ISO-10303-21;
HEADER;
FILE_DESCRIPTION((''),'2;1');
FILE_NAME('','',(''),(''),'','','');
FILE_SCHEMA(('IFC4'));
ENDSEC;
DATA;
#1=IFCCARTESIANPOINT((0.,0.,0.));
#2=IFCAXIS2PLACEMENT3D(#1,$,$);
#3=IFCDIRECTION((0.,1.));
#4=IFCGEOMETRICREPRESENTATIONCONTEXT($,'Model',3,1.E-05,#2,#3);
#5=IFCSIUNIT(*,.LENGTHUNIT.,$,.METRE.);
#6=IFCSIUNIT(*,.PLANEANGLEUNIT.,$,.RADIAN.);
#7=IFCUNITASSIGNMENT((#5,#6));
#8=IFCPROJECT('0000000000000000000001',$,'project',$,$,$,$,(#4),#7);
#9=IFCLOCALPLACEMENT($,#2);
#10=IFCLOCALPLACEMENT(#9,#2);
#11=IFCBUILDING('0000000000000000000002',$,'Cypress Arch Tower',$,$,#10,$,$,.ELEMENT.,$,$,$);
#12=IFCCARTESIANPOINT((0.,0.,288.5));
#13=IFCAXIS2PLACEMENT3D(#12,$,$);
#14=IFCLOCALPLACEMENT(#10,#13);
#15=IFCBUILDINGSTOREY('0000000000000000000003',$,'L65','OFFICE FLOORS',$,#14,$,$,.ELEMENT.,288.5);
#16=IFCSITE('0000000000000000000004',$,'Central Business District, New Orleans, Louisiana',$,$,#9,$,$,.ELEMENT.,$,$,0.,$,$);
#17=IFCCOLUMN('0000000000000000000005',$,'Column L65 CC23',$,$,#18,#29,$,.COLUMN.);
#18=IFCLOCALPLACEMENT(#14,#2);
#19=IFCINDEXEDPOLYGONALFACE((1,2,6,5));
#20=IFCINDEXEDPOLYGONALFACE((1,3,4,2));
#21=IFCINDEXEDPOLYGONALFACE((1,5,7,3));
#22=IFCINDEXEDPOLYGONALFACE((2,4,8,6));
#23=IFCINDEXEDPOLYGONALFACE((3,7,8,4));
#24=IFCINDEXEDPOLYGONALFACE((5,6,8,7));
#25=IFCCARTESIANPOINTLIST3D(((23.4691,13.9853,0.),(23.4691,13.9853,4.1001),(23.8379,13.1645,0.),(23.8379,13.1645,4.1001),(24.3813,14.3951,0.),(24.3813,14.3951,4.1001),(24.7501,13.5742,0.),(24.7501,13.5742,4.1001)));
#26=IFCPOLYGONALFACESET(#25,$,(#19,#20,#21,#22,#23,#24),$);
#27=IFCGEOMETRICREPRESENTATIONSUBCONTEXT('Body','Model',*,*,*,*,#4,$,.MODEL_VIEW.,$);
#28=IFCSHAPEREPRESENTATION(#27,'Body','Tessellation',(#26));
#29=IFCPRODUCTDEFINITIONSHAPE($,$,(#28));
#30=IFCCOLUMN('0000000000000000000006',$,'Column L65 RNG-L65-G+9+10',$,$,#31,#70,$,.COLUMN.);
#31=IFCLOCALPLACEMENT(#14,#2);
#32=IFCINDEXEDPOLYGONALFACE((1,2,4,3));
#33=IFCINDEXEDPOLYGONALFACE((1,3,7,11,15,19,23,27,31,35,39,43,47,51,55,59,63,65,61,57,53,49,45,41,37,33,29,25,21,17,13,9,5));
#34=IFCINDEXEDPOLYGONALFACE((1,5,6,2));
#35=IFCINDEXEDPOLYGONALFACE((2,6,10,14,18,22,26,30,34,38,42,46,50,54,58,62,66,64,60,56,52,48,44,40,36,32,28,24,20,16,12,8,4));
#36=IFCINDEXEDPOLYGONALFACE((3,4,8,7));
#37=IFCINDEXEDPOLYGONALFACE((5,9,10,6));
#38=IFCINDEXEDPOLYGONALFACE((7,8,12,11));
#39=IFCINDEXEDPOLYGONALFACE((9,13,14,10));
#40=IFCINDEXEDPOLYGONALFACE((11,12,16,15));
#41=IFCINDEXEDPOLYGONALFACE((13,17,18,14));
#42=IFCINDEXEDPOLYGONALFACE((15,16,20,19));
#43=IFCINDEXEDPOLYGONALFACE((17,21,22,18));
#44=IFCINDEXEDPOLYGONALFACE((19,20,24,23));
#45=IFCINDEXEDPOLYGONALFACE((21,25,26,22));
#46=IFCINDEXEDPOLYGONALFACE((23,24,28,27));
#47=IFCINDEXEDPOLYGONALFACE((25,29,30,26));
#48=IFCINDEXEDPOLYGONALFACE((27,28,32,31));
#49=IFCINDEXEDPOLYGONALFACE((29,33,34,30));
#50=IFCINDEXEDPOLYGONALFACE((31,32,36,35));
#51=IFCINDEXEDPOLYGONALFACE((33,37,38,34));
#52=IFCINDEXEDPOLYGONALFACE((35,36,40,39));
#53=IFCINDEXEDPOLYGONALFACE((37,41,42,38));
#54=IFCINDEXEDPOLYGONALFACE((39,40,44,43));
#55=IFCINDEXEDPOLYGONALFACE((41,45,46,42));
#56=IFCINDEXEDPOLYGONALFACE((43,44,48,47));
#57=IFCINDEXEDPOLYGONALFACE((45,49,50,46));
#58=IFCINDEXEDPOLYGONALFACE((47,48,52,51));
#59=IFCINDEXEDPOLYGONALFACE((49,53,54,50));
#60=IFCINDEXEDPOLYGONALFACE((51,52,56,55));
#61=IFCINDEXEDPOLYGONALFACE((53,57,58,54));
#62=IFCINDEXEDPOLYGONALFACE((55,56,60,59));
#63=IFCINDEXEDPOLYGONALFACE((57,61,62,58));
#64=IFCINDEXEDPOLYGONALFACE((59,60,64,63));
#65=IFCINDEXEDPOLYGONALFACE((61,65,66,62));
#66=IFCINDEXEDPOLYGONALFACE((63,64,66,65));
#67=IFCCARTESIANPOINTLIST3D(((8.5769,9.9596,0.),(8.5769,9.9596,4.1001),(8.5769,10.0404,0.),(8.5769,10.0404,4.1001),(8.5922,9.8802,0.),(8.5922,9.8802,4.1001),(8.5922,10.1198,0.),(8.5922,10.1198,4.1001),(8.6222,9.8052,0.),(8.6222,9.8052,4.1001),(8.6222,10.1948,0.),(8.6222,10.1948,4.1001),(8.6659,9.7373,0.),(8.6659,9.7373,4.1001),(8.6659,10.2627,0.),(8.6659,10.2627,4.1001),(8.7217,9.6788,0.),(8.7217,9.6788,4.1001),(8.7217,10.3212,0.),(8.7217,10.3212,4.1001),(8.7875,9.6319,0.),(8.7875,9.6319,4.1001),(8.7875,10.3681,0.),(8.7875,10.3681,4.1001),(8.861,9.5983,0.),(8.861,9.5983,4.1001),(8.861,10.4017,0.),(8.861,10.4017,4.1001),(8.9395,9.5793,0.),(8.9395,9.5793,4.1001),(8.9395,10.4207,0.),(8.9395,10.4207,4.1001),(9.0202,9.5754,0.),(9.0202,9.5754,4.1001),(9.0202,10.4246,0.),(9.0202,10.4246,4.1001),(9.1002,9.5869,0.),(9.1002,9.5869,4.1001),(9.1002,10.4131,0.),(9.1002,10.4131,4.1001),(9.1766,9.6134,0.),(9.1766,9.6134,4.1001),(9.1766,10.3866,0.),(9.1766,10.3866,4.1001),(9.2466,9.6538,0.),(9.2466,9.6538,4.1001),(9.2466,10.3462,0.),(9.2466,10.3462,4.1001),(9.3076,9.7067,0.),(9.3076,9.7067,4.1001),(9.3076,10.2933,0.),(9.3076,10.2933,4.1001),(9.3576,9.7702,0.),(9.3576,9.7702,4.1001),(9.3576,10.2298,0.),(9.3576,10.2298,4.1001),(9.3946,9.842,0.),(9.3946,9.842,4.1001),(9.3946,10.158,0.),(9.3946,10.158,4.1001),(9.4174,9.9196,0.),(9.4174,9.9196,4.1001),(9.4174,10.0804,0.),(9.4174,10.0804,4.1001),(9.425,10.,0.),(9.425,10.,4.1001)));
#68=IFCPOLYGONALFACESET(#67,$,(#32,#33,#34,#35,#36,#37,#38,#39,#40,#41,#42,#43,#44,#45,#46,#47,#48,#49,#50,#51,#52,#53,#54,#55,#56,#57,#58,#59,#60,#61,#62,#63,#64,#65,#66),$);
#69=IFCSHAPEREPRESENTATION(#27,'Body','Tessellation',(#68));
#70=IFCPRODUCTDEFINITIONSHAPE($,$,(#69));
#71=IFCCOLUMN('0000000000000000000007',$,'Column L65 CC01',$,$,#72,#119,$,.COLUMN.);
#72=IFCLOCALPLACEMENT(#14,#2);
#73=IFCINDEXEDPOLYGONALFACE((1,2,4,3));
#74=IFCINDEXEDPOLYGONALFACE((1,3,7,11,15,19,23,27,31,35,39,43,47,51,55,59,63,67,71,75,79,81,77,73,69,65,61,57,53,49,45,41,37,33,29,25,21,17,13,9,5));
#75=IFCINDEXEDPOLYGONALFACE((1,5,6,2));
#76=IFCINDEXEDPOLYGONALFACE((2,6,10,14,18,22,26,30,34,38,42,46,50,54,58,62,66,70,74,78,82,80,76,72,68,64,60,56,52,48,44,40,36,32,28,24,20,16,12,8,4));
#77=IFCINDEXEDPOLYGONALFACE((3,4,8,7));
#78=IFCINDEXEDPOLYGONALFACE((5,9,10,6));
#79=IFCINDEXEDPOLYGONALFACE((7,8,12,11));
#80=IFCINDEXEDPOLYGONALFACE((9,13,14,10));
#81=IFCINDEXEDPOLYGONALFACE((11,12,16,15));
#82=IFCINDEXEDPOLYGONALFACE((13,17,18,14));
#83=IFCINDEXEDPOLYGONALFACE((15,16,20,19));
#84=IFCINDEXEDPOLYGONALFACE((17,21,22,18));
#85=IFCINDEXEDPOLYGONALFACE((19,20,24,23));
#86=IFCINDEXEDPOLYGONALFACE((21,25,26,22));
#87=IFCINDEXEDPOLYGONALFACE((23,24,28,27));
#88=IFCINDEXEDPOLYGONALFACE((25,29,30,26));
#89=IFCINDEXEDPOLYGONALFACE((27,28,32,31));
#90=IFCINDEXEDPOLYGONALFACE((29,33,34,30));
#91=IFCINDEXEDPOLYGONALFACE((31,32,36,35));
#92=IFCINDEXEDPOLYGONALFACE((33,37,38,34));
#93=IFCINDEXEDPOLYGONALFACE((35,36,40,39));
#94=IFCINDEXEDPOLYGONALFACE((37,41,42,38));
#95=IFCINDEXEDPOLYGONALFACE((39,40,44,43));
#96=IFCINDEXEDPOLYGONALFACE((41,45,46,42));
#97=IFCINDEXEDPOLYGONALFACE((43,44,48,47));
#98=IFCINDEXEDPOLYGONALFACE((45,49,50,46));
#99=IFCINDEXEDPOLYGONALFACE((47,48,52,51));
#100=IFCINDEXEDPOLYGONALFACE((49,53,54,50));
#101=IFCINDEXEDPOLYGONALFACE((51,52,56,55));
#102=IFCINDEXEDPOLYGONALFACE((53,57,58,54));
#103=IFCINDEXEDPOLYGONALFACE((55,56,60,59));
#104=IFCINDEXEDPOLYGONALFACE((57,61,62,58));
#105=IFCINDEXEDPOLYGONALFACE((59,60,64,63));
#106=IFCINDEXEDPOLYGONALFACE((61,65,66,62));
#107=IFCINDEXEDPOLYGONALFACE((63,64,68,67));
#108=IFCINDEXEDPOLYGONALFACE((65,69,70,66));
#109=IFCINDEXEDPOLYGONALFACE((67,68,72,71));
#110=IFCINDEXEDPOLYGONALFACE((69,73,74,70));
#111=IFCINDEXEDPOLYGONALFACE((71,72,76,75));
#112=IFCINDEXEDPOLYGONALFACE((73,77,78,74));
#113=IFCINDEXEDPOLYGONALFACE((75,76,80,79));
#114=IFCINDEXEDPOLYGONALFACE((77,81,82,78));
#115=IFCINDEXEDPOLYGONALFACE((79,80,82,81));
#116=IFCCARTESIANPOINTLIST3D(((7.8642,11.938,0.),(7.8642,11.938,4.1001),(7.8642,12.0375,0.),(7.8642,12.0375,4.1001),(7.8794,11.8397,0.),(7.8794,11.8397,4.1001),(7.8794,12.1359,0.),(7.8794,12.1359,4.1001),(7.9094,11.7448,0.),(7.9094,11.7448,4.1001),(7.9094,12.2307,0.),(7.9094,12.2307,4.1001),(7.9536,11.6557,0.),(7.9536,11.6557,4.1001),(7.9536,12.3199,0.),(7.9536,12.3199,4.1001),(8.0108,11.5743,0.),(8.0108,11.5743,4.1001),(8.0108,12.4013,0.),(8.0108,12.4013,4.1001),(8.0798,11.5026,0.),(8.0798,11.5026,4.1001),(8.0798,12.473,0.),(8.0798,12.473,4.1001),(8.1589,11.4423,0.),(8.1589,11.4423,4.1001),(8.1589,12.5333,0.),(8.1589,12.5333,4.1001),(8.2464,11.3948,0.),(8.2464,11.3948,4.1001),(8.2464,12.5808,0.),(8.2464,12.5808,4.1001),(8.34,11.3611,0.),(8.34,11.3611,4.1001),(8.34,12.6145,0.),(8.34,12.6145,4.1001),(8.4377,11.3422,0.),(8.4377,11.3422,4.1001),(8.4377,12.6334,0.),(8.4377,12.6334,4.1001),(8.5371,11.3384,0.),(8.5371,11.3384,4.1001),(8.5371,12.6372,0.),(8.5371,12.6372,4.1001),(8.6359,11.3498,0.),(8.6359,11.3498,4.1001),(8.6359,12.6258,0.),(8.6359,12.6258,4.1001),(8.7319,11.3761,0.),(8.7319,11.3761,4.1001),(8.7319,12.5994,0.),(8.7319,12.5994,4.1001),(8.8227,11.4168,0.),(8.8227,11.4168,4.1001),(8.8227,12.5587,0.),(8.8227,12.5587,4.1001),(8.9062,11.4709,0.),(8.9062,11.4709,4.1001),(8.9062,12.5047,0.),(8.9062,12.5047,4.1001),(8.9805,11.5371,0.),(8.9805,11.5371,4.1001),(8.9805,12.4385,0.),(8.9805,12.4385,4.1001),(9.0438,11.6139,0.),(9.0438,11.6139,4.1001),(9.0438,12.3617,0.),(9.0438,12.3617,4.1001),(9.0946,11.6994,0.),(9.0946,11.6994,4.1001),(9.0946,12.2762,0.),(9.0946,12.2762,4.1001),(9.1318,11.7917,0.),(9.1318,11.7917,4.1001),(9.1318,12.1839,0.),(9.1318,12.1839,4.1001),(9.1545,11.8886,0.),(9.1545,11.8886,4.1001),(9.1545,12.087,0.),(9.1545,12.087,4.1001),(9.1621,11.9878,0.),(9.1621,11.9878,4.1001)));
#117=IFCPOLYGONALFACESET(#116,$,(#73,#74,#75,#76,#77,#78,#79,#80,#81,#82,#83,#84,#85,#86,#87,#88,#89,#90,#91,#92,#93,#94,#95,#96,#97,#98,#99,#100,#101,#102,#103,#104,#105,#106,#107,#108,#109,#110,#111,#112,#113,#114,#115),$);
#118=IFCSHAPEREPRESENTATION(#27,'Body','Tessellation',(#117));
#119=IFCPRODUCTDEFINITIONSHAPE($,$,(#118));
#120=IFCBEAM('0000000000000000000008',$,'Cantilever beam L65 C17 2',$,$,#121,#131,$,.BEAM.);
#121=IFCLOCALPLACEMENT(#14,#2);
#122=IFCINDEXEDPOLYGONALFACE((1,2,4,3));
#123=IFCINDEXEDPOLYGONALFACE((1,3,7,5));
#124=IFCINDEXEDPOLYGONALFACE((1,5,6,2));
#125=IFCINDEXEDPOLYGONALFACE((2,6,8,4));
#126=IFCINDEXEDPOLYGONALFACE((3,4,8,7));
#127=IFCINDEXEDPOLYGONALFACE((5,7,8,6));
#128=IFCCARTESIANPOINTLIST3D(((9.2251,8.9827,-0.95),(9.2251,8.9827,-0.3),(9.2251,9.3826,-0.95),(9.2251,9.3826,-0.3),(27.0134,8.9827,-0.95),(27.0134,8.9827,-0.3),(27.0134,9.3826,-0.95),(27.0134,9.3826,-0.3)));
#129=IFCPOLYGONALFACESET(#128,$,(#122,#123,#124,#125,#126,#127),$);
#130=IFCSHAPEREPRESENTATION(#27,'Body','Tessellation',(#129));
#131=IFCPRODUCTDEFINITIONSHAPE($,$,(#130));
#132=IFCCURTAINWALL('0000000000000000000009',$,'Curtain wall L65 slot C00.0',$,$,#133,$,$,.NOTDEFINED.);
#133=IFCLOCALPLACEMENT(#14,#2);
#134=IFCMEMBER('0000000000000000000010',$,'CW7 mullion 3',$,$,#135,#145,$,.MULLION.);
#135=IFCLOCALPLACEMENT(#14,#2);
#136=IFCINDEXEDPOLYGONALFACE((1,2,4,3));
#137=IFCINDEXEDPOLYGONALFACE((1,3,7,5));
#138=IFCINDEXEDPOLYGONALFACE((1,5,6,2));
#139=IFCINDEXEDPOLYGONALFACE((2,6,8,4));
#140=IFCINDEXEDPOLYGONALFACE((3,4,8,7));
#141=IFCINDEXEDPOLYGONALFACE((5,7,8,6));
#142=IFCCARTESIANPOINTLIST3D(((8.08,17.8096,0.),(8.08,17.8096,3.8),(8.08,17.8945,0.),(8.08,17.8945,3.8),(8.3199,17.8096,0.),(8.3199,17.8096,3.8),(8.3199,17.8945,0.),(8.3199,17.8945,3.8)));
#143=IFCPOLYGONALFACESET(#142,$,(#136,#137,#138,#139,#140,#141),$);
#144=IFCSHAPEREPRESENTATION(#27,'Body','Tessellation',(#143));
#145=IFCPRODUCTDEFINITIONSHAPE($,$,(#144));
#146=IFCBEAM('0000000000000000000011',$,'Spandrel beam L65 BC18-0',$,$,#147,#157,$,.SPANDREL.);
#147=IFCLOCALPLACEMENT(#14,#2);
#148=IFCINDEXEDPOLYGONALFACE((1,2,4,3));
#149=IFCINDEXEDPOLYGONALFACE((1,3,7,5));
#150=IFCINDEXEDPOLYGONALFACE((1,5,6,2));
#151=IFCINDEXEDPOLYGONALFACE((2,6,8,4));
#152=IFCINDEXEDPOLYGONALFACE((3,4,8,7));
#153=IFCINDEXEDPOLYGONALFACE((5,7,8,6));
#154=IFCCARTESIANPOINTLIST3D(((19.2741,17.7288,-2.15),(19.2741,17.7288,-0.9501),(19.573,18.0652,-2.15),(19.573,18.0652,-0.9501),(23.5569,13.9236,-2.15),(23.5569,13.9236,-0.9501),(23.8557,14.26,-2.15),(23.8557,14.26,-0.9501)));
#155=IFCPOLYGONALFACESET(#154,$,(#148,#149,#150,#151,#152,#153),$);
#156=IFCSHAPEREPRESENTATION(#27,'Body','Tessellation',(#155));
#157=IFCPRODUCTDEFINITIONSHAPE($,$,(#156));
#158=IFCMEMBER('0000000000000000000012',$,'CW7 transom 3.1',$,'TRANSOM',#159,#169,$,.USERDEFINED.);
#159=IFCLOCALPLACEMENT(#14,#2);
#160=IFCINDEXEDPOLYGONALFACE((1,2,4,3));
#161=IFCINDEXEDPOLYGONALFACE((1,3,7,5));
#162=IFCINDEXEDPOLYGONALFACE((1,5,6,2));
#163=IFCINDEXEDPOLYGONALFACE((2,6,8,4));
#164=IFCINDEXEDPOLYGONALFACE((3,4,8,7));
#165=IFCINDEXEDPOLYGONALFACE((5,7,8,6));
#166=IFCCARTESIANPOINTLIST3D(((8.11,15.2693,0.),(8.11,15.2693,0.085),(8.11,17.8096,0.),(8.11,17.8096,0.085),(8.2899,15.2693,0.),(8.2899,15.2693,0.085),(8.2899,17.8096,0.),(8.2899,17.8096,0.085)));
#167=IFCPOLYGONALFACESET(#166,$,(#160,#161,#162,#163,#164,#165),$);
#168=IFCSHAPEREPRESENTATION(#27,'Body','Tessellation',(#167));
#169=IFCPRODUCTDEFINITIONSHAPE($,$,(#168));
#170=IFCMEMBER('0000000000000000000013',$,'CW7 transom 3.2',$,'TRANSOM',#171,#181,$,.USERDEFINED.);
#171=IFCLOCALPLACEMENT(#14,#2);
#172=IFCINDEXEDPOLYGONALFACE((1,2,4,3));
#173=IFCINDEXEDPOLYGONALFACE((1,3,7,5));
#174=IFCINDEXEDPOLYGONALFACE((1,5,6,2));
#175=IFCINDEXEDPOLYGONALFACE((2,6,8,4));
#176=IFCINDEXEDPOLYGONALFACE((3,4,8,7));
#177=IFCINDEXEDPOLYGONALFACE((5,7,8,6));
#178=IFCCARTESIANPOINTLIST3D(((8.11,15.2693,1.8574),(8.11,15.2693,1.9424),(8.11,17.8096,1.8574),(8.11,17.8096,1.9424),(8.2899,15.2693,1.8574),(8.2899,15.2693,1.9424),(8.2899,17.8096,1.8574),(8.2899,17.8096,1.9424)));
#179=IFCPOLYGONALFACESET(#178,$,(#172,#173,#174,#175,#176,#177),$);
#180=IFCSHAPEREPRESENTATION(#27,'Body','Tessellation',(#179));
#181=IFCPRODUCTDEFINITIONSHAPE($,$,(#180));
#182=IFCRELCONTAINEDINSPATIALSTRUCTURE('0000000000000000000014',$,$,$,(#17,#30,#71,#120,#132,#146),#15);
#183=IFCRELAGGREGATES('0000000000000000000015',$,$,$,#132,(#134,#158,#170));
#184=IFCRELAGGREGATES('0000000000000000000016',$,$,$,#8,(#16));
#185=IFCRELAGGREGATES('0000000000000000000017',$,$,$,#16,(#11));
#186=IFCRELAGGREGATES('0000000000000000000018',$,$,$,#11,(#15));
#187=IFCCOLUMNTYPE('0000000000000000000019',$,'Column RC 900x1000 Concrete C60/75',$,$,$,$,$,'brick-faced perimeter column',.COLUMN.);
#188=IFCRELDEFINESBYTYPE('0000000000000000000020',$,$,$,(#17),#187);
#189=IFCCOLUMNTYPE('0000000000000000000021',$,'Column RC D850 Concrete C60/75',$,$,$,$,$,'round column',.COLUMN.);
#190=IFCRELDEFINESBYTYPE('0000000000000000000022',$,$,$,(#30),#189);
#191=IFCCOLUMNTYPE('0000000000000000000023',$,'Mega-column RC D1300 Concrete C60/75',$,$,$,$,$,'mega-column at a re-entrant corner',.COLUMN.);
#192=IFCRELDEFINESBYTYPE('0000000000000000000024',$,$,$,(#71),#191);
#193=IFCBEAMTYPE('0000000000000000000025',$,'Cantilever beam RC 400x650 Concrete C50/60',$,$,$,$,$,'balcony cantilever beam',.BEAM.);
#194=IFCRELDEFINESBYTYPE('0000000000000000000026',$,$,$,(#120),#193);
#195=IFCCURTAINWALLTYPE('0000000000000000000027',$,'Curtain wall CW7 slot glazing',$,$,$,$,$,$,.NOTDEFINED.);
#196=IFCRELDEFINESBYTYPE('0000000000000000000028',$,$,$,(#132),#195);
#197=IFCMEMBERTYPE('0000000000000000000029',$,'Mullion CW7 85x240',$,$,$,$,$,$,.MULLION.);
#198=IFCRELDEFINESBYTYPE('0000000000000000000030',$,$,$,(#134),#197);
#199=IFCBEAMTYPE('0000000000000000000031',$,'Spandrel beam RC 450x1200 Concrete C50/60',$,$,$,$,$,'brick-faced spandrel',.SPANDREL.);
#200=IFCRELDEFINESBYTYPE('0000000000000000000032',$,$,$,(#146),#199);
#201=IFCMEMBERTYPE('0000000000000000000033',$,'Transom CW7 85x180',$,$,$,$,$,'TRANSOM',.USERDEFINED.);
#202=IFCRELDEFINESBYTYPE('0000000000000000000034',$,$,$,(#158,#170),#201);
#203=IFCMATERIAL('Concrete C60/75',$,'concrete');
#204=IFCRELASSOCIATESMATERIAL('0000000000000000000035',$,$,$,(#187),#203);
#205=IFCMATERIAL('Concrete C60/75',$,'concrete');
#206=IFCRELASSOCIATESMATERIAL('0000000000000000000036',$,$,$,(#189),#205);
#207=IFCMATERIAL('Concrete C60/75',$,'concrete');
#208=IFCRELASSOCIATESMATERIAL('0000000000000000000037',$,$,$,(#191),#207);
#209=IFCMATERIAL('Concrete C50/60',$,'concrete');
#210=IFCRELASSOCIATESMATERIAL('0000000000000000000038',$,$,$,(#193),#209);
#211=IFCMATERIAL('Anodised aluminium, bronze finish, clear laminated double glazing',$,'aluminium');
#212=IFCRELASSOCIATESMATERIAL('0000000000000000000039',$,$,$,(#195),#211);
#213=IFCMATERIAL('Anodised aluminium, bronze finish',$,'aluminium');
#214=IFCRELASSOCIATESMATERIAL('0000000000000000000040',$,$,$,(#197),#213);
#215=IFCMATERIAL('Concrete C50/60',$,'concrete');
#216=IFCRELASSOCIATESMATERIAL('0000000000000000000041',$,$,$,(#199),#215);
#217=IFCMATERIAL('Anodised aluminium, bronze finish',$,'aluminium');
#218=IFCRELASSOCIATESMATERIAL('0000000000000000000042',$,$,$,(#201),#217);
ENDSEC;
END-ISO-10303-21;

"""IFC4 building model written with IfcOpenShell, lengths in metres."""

from ifc_helpers import new_model, si_unit, direction, frame, origin, origin_2d, place, context, subcontext, project, spatial, rectangle, circle, extrude, material, material_profile, profile_set, type_object, element, aggregate, save


model = new_model("IFC4")

# Units and contexts
model_context = context("Model", 3, precision=1e-05, world=origin(), true_north=direction((0.0, 1.0)))
body_context = subcontext(model_context, "Body", "Model", "MODEL_VIEW")
ifc_project = project(units=[si_unit("LENGTHUNIT", "METRE"), si_unit("PLANEANGLEUNIT", "RADIAN")], contexts=[model_context])

# Site, building, storey
site_placement = place(None, origin())
site = spatial("IfcSite", under=ifc_project, at=site_placement, Name="Central Business District, New Orleans, Louisiana", CompositionType="ELEMENT", RefElevation=0.0)
building_placement = place(site_placement, origin())
building = spatial("IfcBuilding", under=site, at=building_placement, Name="Cypress Arch Tower", CompositionType="ELEMENT")
storey_placement = place(building_placement, frame((0.0, 0.0, 288.5)))
storey = spatial("IfcBuildingStorey", under=building, at=storey_placement, Name="L65", Description="OFFICE FLOORS", CompositionType="ELEMENT", Elevation=288.5)

# Columns
ifc_material_1 = material(Name="Concrete C60/75", Category="concrete")
ifc_material_profile_1 = material_profile(ifc_material_1, rectangle(XDim=0.8999, YDim=1.0, at=origin_2d()), Name="RC 900x1000")
ifc_profile_set_1 = profile_set([ifc_material_profile_1], Name="Concrete C60/75")
column_type_1 = type_object("IfcColumnType", Name="Column RC 900x1000 Concrete C60/75", ElementType="brick-faced perimeter column", PredefinedType="COLUMN", material=ifc_profile_set_1)
column_1_placement = place(storey_placement, frame((24.1096, 13.7798, 0.0), z_axis=(0.0, 0.0, 1.0), x_axis=(-0.409765, 0.912191, 0.0)))
element("IfcColumn", 1, at=column_1_placement, inside=storey, type_object=column_type_1, Name="Column L65 CC23", PredefinedType="COLUMN", context=body_context, shape_type="SweptSolid", body=[
    extrude(rectangle(XDim=0.8999, YDim=1.0, at=origin_2d()), origin(), (0.0, 0.0, 1.0), 4.1001),
])
ifc_material_2 = material(Name="Concrete C60/75", Category="concrete")
ifc_material_profile_2 = material_profile(ifc_material_2, circle(Radius=0.425, at=origin_2d()), Name="RC D850")
ifc_profile_set_2 = profile_set([ifc_material_profile_2], Name="Concrete C60/75")
column_type_2 = type_object("IfcColumnType", Name="Column RC D850 Concrete C60/75", ElementType="round column", PredefinedType="COLUMN", material=ifc_profile_set_2)
column_2_placement = place(storey_placement, frame((9.0, 10.0, 0.0), z_axis=(0.0, 0.0, 1.0), x_axis=(1.0, 0.0, 0.0)))
element("IfcColumn", 2, at=column_2_placement, inside=storey, type_object=column_type_2, Name="Column L65 RNG-L65-G+9+10", PredefinedType="COLUMN", context=body_context, shape_type="SweptSolid", body=[
    extrude(circle(Radius=0.425, at=origin_2d()), origin(), (0.0, 0.0, 1.0), 4.1001),
])
ifc_material_3 = material(Name="Concrete C60/75", Category="concrete")
ifc_material_profile_3 = material_profile(ifc_material_3, circle(Radius=0.6499, at=origin_2d()), Name="RC D1300")
ifc_profile_set_3 = profile_set([ifc_material_profile_3], Name="Concrete C60/75")
column_type_3 = type_object("IfcColumnType", Name="Mega-column RC D1300 Concrete C60/75", ElementType="mega-column at a re-entrant corner", PredefinedType="COLUMN", material=ifc_profile_set_3)
column_3_placement = place(storey_placement, frame((8.5122, 11.9878, 0.0), z_axis=(0.0, 0.0, 1.0), x_axis=(1.0, 0.0, 0.0)))
element("IfcColumn", 3, at=column_3_placement, inside=storey, type_object=column_type_3, Name="Column L65 CC01", PredefinedType="COLUMN", context=body_context, shape_type="SweptSolid", body=[
    extrude(circle(Radius=0.6499, at=origin_2d()), origin(), (0.0, 0.0, 1.0), 4.1001),
])

# Beam
ifc_material_4 = material(Name="Concrete C50/60", Category="concrete")
ifc_material_profile_4 = material_profile(ifc_material_4, rectangle(XDim=0.3999, YDim=0.6499, at=origin_2d()), Name="RC 400x650")
ifc_profile_set_4 = profile_set([ifc_material_profile_4], Name="Concrete C50/60")
beam_type_1 = type_object("IfcBeamType", Name="Cantilever beam RC 400x650 Concrete C50/60", ElementType="balcony cantilever beam", PredefinedType="BEAM", material=ifc_profile_set_4)
beam_1_placement = place(storey_placement, frame((9.2251, 9.1826, -0.625), z_axis=(1.0, 0.0, 0.0), x_axis=(0.0, 1.0, 0.0)))
element("IfcBeam", 4, at=beam_1_placement, inside=storey, type_object=beam_type_1, Name="Cantilever beam L65 C17 2", PredefinedType="BEAM", context=body_context, shape_type="SweptSolid", body=[
    extrude(rectangle(XDim=0.3999, YDim=0.6499, at=origin_2d()), origin(), (0.0, 0.0, 1.0), 17.7883),
])

# Curtain wall, member
ifc_material_5 = material(Name="Anodised aluminium, bronze finish, clear laminated double glazing", Category="aluminium")
curtain_wall_type = type_object("IfcCurtainWallType", Name="Curtain wall CW7 slot glazing", PredefinedType="NOTDEFINED", material=ifc_material_5)
curtain_wall_placement = place(storey_placement, origin())
curtain_wall = element("IfcCurtainWall", 5, at=curtain_wall_placement, inside=storey, type_object=curtain_wall_type, Name="Curtain wall L65 slot C00.0", PredefinedType="NOTDEFINED")
ifc_material_6 = material(Name="Anodised aluminium, bronze finish", Category="aluminium")
ifc_material_profile_5 = material_profile(ifc_material_6, rectangle(XDim=0.24, YDim=0.085, at=origin_2d()), Name="Mullion 85x240")
ifc_profile_set_5 = profile_set([ifc_material_profile_5], Name="Anodised aluminium, bronze finish")
member_type_1 = type_object("IfcMemberType", Name="Mullion CW7 85x240", PredefinedType="MULLION", material=ifc_profile_set_5)
member_1_placement = place(storey_placement, frame((8.2, 17.8521, 0.0), z_axis=(0.0, 0.0, 1.0), x_axis=(1.0, 0.0, 0.0)))
member_1 = element("IfcMember", 6, at=member_1_placement, type_object=member_type_1, Name="CW7 mullion 3", PredefinedType="MULLION", context=body_context, shape_type="SweptSolid", body=[
    extrude(rectangle(XDim=0.24, YDim=0.085, at=origin_2d()), origin(), (0.0, 0.0, 1.0), 3.8),
])

# Beam
ifc_material_7 = material(Name="Concrete C50/60", Category="concrete")
ifc_material_profile_6 = material_profile(ifc_material_7, rectangle(XDim=0.45, YDim=1.2, at=origin_2d()), Name="RC 450x1200")
ifc_profile_set_6 = profile_set([ifc_material_profile_6], Name="Concrete C50/60")
beam_type_2 = type_object("IfcBeamType", Name="Spandrel beam RC 450x1200 Concrete C50/60", ElementType="brick-faced spandrel", PredefinedType="SPANDREL", material=ifc_profile_set_6)
beam_2_placement = place(storey_placement, frame((23.7063, 14.0918, -1.55), z_axis=(-0.747555, 0.6642, 0.0), x_axis=(-0.6642, -0.747555, 0.0)))
element("IfcBeam", 7, at=beam_2_placement, inside=storey, type_object=beam_type_2, Name="Spandrel beam L65 BC18-0", PredefinedType="SPANDREL", context=body_context, shape_type="SweptSolid", body=[
    extrude(rectangle(XDim=0.45, YDim=1.2, at=origin_2d()), origin(), (0.0, 0.0, 1.0), 5.729),
])

# Members
ifc_material_8 = material(Name="Anodised aluminium, bronze finish", Category="aluminium")
ifc_material_profile_7 = material_profile(ifc_material_8, rectangle(XDim=0.1799, YDim=0.085, at=origin_2d()), Name="Transom 85x180")
ifc_profile_set_7 = profile_set([ifc_material_profile_7], Name="Anodised aluminium, bronze finish")
member_type_2 = type_object("IfcMemberType", Name="Transom CW7 85x180", ElementType="TRANSOM", PredefinedType="USERDEFINED", material=ifc_profile_set_7)
member_2_placement = place(storey_placement, frame((8.2, 17.8096, 0.0425), z_axis=(0.0, -1.0, 0.0), x_axis=(1.0, 0.0, 0.0)))
member_2 = element("IfcMember", 8, at=member_2_placement, type_object=member_type_2, Name="CW7 transom 3.1", ObjectType="TRANSOM", PredefinedType="USERDEFINED", context=body_context, shape_type="SweptSolid", body=[
    extrude(rectangle(XDim=0.1799, YDim=0.085, at=origin_2d()), origin(), (0.0, 0.0, 1.0), 2.5403),
])
member_3_placement = place(storey_placement, frame((8.2, 17.8096, 1.8999), z_axis=(0.0, -1.0, 0.0), x_axis=(1.0, 0.0, 0.0)))
member_3 = element("IfcMember", 9, at=member_3_placement, type_object=member_type_2, Name="CW7 transom 3.2", ObjectType="TRANSOM", PredefinedType="USERDEFINED", context=body_context, shape_type="SweptSolid", body=[
    extrude(rectangle(XDim=0.1799, YDim=0.085, at=origin_2d()), origin(), (0.0, 0.0, 1.0), 2.5403),
])

aggregate(curtain_wall, [member_1, member_2, member_3])

save(model, "model.ifc")
